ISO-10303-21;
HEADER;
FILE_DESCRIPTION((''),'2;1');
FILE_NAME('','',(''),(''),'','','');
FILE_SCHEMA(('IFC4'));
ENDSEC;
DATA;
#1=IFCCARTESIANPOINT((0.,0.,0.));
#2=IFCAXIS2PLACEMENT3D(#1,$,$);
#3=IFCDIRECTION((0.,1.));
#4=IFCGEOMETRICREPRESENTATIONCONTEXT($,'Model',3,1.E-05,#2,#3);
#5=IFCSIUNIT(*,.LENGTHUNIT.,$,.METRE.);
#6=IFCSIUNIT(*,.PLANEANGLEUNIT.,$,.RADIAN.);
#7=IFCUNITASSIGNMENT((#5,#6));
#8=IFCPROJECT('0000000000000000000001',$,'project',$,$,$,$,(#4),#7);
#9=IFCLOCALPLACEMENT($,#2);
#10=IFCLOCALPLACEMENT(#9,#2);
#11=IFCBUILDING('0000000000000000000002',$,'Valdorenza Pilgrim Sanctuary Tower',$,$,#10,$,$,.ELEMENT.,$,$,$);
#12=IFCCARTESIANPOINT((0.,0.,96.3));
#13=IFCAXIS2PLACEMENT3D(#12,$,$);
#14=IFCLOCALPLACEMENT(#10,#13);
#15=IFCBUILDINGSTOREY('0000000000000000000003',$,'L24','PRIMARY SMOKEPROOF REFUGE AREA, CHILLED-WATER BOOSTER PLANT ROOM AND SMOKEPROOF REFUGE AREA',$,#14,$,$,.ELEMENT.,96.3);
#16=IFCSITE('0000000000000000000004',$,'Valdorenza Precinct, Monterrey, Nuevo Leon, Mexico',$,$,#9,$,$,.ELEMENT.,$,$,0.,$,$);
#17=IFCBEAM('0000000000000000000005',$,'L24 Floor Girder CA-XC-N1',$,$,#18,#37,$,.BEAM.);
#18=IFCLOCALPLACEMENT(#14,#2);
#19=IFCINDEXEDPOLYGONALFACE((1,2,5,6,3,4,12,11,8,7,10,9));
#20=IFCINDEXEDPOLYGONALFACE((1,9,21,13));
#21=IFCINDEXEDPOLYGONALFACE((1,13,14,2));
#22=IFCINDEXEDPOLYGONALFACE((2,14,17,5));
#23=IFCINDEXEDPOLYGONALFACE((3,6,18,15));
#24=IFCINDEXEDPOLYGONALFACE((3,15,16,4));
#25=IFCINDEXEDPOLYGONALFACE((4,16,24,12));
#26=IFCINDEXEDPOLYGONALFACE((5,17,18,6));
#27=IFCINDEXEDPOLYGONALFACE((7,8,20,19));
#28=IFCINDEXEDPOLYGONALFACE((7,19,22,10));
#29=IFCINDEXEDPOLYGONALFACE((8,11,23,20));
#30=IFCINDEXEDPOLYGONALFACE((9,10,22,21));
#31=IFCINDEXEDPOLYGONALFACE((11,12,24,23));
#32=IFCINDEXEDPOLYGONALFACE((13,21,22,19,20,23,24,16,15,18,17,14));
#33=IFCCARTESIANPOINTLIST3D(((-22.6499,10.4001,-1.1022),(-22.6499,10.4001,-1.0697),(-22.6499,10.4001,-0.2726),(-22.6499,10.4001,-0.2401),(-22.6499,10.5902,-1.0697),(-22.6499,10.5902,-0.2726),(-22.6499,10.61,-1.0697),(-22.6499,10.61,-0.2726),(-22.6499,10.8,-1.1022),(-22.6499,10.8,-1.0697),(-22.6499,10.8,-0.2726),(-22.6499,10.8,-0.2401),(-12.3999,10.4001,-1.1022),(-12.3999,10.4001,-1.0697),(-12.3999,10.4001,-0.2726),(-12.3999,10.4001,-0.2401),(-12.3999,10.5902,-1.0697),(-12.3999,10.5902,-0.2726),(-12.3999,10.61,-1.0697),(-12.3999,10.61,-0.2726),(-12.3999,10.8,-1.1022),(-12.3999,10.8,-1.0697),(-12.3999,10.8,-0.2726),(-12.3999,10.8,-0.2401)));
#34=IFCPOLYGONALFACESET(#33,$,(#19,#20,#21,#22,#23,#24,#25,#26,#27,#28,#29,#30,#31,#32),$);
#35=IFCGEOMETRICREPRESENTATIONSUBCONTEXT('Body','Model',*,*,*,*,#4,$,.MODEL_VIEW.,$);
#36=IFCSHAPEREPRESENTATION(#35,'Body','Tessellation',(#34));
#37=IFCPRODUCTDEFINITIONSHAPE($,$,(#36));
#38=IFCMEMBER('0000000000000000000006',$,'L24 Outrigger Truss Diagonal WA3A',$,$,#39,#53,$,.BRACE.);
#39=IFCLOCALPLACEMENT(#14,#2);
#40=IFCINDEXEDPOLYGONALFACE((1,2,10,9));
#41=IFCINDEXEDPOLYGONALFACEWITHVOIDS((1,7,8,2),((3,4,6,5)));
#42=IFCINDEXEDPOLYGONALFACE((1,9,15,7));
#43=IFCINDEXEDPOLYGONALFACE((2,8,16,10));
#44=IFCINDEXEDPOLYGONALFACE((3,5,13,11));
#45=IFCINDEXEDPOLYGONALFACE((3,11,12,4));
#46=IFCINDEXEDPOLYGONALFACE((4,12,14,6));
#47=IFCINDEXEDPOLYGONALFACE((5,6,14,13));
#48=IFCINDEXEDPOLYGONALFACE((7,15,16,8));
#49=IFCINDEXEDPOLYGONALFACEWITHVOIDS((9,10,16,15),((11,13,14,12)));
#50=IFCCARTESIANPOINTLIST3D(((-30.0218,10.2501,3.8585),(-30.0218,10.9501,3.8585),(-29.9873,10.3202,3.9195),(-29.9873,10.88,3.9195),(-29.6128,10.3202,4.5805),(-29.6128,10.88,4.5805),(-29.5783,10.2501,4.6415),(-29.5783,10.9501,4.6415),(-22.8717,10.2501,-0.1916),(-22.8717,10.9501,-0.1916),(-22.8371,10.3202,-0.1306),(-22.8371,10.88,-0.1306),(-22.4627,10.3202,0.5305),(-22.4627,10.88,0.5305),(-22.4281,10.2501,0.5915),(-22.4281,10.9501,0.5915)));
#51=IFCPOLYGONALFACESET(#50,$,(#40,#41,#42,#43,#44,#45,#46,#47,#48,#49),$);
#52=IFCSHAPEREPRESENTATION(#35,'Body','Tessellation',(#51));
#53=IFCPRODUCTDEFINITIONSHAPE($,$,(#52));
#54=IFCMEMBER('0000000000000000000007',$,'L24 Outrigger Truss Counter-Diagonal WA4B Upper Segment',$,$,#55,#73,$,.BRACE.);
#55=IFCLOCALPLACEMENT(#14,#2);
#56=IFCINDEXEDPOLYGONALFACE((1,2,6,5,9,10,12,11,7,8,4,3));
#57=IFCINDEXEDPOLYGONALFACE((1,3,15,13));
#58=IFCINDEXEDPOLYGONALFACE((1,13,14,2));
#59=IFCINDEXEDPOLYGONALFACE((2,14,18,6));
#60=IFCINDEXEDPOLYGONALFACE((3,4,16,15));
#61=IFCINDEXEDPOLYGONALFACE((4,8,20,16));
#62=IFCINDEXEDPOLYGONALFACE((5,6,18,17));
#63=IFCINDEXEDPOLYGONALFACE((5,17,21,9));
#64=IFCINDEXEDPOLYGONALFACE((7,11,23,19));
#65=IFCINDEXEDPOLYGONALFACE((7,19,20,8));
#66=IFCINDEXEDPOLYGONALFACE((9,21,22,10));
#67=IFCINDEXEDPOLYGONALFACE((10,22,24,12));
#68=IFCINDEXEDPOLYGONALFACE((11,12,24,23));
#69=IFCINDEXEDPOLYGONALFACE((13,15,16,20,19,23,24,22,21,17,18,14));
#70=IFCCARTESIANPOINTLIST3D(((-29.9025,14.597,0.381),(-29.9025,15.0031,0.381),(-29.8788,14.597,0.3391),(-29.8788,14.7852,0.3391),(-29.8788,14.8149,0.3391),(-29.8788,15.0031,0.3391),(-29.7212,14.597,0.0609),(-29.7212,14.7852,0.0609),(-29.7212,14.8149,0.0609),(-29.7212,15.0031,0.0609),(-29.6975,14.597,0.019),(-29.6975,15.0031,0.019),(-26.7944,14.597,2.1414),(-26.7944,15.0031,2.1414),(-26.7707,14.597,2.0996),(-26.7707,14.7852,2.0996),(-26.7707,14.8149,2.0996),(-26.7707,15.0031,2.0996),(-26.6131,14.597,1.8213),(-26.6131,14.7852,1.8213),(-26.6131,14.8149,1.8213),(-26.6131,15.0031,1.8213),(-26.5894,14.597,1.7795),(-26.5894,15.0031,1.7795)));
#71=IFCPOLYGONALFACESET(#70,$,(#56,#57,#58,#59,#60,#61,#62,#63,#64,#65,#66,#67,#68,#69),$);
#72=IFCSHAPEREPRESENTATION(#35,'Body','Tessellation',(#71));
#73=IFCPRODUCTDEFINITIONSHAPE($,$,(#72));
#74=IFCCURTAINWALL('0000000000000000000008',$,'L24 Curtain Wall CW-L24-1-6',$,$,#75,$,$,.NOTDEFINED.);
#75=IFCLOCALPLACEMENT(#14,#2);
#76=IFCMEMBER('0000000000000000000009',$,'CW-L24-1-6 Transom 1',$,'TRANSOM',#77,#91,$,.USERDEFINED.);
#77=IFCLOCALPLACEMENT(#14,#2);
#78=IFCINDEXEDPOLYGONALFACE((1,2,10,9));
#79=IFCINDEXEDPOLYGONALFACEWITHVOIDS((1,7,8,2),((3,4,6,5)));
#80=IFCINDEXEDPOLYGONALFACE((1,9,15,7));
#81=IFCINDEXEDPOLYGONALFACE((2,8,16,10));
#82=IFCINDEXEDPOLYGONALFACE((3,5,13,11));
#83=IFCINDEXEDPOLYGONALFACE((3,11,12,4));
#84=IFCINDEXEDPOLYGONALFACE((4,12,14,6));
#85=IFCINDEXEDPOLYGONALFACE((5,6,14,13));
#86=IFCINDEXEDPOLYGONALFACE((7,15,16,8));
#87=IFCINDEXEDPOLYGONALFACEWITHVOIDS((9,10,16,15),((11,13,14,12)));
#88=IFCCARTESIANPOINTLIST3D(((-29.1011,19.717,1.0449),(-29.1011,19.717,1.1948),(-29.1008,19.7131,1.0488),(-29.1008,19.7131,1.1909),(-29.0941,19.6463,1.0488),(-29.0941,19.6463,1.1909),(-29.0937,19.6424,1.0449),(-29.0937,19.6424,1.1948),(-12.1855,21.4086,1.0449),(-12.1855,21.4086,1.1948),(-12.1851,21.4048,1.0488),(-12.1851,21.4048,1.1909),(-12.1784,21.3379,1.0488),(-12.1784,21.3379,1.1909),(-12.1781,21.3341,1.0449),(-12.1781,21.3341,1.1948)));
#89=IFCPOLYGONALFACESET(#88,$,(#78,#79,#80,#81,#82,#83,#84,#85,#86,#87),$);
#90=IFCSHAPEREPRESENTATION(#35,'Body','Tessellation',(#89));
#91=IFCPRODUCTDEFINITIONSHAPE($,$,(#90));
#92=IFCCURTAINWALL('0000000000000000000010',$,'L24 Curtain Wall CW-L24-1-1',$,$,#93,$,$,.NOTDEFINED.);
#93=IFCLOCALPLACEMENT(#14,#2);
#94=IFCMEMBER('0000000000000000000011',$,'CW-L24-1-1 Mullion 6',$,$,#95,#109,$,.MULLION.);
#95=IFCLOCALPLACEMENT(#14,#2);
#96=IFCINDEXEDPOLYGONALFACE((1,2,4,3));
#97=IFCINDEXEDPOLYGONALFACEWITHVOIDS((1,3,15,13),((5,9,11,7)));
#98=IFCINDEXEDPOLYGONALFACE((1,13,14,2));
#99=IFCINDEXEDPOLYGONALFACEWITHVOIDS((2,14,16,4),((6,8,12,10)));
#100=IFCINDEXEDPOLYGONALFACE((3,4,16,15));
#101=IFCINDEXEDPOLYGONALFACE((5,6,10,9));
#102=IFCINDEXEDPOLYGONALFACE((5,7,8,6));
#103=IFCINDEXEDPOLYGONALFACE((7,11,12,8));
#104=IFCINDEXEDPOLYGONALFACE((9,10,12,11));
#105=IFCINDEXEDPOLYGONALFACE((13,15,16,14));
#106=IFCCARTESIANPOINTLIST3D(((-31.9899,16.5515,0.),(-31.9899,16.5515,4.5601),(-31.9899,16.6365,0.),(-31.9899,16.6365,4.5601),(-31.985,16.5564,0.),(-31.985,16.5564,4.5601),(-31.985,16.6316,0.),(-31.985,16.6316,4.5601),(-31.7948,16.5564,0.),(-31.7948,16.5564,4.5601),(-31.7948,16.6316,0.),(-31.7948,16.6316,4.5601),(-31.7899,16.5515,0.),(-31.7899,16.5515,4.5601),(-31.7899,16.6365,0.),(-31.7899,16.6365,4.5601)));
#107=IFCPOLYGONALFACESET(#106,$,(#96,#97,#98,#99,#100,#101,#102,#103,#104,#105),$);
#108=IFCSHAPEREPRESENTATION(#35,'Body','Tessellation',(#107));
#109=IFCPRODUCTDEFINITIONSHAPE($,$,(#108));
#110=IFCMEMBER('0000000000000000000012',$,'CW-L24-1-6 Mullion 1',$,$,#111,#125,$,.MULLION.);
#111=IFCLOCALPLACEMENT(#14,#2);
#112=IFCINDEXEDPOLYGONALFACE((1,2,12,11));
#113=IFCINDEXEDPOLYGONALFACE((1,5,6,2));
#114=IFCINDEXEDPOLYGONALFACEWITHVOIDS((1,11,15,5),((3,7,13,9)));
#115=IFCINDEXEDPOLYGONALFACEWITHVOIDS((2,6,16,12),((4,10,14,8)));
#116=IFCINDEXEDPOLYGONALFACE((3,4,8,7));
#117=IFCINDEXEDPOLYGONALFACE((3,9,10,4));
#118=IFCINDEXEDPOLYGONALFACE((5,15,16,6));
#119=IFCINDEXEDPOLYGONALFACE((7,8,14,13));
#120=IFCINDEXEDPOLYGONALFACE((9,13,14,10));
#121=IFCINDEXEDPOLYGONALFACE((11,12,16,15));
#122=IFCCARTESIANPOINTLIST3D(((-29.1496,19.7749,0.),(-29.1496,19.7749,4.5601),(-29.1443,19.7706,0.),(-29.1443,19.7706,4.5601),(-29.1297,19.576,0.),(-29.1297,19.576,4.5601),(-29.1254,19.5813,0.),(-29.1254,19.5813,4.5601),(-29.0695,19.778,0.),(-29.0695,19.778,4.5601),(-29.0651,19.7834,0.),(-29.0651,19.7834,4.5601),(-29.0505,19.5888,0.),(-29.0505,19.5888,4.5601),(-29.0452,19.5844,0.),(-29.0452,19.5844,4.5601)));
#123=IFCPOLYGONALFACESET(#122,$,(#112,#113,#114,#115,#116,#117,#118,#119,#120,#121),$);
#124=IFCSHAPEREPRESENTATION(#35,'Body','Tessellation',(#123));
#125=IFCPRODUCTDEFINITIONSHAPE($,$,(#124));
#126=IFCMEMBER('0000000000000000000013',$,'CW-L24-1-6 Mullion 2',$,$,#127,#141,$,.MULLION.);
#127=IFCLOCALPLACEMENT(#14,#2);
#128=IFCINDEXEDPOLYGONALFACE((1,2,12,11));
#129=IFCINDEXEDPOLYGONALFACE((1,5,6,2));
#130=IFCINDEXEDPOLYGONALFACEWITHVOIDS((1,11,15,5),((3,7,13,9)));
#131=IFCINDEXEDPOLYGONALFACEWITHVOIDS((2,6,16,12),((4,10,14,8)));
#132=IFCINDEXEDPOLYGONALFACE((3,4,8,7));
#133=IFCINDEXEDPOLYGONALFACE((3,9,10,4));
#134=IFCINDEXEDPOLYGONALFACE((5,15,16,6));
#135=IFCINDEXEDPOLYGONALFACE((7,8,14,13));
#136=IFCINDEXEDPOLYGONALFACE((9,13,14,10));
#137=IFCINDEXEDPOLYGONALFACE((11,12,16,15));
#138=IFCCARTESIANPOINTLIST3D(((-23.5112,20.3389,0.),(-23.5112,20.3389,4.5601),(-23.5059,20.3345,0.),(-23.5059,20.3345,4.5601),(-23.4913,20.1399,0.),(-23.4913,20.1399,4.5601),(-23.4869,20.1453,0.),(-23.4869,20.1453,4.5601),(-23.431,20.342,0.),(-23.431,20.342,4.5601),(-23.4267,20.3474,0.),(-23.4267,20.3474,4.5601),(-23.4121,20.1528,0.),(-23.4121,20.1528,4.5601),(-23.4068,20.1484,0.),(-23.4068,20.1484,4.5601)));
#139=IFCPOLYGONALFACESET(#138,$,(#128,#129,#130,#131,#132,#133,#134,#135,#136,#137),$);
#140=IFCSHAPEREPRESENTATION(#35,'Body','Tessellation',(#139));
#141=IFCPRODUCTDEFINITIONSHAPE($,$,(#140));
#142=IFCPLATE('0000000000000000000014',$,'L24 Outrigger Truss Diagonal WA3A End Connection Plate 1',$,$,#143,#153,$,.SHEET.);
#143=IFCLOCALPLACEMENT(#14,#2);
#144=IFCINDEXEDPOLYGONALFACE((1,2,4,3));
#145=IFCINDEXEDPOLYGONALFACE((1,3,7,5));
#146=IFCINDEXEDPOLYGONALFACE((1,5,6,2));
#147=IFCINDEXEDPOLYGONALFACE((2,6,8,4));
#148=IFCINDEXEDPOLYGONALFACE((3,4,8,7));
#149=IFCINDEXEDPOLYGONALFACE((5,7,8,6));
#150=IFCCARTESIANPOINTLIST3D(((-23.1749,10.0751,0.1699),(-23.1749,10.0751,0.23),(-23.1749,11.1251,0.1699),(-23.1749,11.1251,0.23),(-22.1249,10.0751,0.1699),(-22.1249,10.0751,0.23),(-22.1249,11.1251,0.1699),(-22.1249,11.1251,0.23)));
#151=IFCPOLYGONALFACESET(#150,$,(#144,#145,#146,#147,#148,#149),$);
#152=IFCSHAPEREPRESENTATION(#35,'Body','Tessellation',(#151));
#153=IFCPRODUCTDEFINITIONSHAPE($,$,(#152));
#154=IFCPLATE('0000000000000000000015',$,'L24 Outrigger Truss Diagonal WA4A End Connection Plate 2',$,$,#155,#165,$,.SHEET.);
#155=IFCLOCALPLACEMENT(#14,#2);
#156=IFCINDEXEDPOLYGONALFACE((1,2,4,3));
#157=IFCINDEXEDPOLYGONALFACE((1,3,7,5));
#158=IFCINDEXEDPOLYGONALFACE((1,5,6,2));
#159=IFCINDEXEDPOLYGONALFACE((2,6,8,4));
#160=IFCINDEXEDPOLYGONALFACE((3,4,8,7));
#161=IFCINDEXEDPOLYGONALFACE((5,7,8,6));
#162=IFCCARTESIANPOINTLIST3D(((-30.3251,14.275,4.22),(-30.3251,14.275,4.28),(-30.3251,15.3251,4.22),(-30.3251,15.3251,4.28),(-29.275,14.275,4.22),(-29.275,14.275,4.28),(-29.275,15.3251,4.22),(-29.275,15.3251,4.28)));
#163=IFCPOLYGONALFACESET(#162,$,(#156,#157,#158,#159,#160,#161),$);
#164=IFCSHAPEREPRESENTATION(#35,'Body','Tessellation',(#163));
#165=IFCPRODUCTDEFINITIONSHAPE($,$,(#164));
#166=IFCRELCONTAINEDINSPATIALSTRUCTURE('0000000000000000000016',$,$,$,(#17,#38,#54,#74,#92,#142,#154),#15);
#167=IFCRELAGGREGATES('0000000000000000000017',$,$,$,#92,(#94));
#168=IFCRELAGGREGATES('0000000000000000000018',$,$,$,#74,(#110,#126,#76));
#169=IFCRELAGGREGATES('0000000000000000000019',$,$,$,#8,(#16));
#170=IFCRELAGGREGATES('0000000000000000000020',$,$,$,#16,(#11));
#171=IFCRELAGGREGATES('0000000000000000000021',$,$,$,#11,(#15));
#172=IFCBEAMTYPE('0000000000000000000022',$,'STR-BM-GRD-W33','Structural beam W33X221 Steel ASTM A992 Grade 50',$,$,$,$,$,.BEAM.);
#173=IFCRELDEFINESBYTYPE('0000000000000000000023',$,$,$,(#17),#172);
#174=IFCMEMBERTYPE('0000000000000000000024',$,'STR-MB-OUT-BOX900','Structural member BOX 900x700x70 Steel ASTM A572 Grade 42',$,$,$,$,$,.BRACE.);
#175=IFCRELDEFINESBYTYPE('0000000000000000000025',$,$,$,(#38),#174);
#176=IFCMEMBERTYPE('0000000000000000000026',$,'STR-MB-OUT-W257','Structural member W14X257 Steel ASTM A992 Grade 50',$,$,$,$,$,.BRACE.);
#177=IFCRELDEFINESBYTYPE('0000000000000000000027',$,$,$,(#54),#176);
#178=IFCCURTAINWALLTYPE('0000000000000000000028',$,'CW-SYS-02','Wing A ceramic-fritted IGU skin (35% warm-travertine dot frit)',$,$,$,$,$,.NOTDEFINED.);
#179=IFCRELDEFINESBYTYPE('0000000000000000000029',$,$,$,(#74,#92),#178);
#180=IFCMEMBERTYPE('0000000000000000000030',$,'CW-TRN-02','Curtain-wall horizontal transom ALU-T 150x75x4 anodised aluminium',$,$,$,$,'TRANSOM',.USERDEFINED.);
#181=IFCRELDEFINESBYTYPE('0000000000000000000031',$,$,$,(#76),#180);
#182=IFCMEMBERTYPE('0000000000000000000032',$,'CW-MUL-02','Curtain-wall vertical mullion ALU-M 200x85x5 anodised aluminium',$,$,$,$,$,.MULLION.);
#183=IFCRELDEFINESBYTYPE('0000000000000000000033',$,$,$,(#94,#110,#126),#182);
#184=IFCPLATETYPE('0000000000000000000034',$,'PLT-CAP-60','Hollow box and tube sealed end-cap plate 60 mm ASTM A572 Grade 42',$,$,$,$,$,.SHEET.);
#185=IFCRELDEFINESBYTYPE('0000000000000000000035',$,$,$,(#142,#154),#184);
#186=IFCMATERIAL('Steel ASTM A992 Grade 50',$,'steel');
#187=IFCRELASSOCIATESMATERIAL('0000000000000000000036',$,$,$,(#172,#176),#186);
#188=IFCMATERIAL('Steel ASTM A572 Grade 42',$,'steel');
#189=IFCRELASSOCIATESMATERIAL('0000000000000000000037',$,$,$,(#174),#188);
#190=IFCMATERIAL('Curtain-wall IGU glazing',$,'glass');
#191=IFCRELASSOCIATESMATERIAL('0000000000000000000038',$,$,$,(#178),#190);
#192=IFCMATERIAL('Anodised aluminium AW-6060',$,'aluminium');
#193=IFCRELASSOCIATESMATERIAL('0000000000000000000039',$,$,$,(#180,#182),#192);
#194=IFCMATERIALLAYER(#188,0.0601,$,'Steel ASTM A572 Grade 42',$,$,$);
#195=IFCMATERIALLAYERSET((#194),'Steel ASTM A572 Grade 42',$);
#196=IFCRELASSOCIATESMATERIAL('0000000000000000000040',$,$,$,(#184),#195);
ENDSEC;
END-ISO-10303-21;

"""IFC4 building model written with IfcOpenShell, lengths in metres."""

from ifc_helpers import new_model, si_unit, direction, frame, origin, origin_2d, place, context, subcontext, project, spatial, rectangle, hollow_rectangle, i_section, extrude, source, transform, mapped, material, layer, layer_set, material_profile, profile_set, type_object, element, aggregate, save


model = new_model("IFC4")

# Units and contexts
model_context = context("Model", 3, precision=1e-05, world=origin(), true_north=direction((0.0, 1.0)))
body_context = subcontext(model_context, "Body", "Model", "MODEL_VIEW")
ifc_project = project(units=[si_unit("LENGTHUNIT", "METRE"), si_unit("PLANEANGLEUNIT", "RADIAN")], contexts=[model_context])

# Site, building, storey
site_placement = place(None, origin())
site = spatial("IfcSite", under=ifc_project, at=site_placement, Name="Valdorenza Precinct, Monterrey, Nuevo Leon, Mexico", CompositionType="ELEMENT", RefElevation=0.0)
building_placement = place(site_placement, origin())
building = spatial("IfcBuilding", under=site, at=building_placement, Name="Valdorenza Pilgrim Sanctuary Tower", CompositionType="ELEMENT")
storey_placement = place(building_placement, frame((0.0, 0.0, 96.3)))
storey = spatial("IfcBuildingStorey", under=building, at=storey_placement, Name="L24", Description="PRIMARY SMOKEPROOF REFUGE AREA, CHILLED-WATER BOOSTER PLANT ROOM AND SMOKEPROOF REFUGE AREA", CompositionType="ELEMENT", Elevation=96.3)

# Beam
ifc_material_1 = material(Name="Steel ASTM A992 Grade 50", Category="steel")
ifc_material_profile_1 = material_profile(ifc_material_1, i_section(OverallWidth=0.3999, OverallDepth=0.8621, WebThickness=0.0198, FlangeThickness=0.0325, at=origin_2d()), Name="W33X221")
ifc_profile_set_1 = profile_set([ifc_material_profile_1], Name="Steel ASTM A992 Grade 50")
beam_type_1 = type_object("IfcBeamType", Name="STR-BM-GRD-W33", Description="Structural beam W33X221 Steel ASTM A992 Grade 50", PredefinedType="BEAM", material=ifc_profile_set_1)
shared_shape_1 = source(origin(), body_context, "Body", "SweptSolid", [
    extrude(i_section(OverallWidth=0.3999, OverallDepth=0.8621, WebThickness=0.0198, FlangeThickness=0.0325, at=origin_2d()), origin(), (0.0, 0.0, 1.0), 10.25),
])
beam_1_placement = place(storey_placement, frame((-22.6499, 10.6001, -0.6711), z_axis=(1.0, 0.0, 0.0), x_axis=(0.0, 1.0, 0.0)))
element("IfcBeam", 1, at=beam_1_placement, inside=storey, type_object=beam_type_1, Name="L24 Floor Girder CA-XC-N1", PredefinedType="BEAM", context=body_context, shape_type="MappedRepresentation", body=[
    mapped(shared_shape_1, transform((0.0, 0.0, 0.0), x_axis=(1.0, 0.0, 0.0), y_axis=(0.0, 1.0, 0.0), z_axis=(0.0, 0.0, 1.0), scale=1.0)),
])

# Members
ifc_material_2 = material(Name="Steel ASTM A572 Grade 42", Category="steel")
ifc_material_profile_2 = material_profile(ifc_material_2, hollow_rectangle(XDim=0.7, YDim=0.8999, WallThickness=0.0701, at=origin_2d()), Name="BOX 900x700x70")
ifc_profile_set_2 = profile_set([ifc_material_profile_2], Name="Steel ASTM A572 Grade 42")
member_type_1 = type_object("IfcMemberType", Name="STR-MB-OUT-BOX900", Description="Structural member BOX 900x700x70 Steel ASTM A572 Grade 42", PredefinedType="BRACE", material=ifc_profile_set_2)
shared_shape_2 = source(origin(), body_context, "Body", "SweptSolid", [
    extrude(hollow_rectangle(XDim=0.7, YDim=0.8999, WallThickness=0.0701, at=origin_2d()), origin(), (0.0, 0.0, 1.0), 8.2175),
])
member_1_placement = place(storey_placement, frame((-22.6499, 10.6001, 0.2), z_axis=(-0.870111, 0.0, 0.492856), x_axis=(0.0, -1.0, 0.0)))
element("IfcMember", 2, at=member_1_placement, inside=storey, type_object=member_type_1, Name="L24 Outrigger Truss Diagonal WA3A", PredefinedType="BRACE", context=body_context, shape_type="MappedRepresentation", body=[
    mapped(shared_shape_2, transform((0.0, 0.0, 0.0), x_axis=(1.0, 0.0, 0.0), y_axis=(0.0, 1.0, 0.0), z_axis=(0.0, 0.0, 1.0), scale=1.0)),
])
ifc_material_profile_3 = material_profile(ifc_material_1, i_section(OverallWidth=0.406, OverallDepth=0.416, WebThickness=0.0298, FlangeThickness=0.0481, at=origin_2d()), Name="W14X257")
ifc_profile_set_3 = profile_set([ifc_material_profile_3], Name="Steel ASTM A992 Grade 50")
member_type_2 = type_object("IfcMemberType", Name="STR-MB-OUT-W257", Description="Structural member W14X257 Steel ASTM A992 Grade 50", PredefinedType="BRACE", material=ifc_profile_set_3)
shared_shape_3 = source(origin(), body_context, "Body", "SweptSolid", [
    extrude(i_section(OverallWidth=0.406, OverallDepth=0.416, WebThickness=0.0298, FlangeThickness=0.0481, at=origin_2d()), origin(), (0.0, 0.0, 1.0), 3.572),
])
member_2_placement = place(storey_placement, frame((-26.6919, 14.8, 1.9604), z_axis=(-0.870117, 0.0, -0.492845), x_axis=(0.0, -1.0, 0.0)))
element("IfcMember", 3, at=member_2_placement, inside=storey, type_object=member_type_2, Name="L24 Outrigger Truss Counter-Diagonal WA4B Upper Segment", PredefinedType="BRACE", context=body_context, shape_type="MappedRepresentation", body=[
    mapped(shared_shape_3, transform((0.0, 0.0, 0.0), x_axis=(1.0, 0.0, 0.0), y_axis=(0.0, 1.0, 0.0), z_axis=(0.0, 0.0, 1.0), scale=1.0)),
])

# Curtain walls, members
ifc_material_3 = material(Name="Curtain-wall IGU glazing", Category="glass")
curtain_wall_type = type_object("IfcCurtainWallType", Name="CW-SYS-02", Description="Wing A ceramic-fritted IGU skin (35% warm-travertine dot frit)", PredefinedType="NOTDEFINED", material=ifc_material_3)
curtain_wall_1_placement = place(storey_placement, origin())
curtain_wall_1 = element("IfcCurtainWall", 4, at=curtain_wall_1_placement, inside=storey, type_object=curtain_wall_type, Name="L24 Curtain Wall CW-L24-1-6", PredefinedType="NOTDEFINED")
ifc_material_4 = material(Name="Anodised aluminium AW-6060", Category="aluminium")
ifc_material_profile_4 = material_profile(ifc_material_4, hollow_rectangle(XDim=0.075, YDim=0.1499, WallThickness=0.0039, at=origin_2d()), Name="ALU-T 150x75x4")
ifc_profile_set_4 = profile_set([ifc_material_profile_4], Name="Anodised aluminium AW-6060")
member_type_3 = type_object("IfcMemberType", Name="CW-TRN-02", Description="Curtain-wall horizontal transom ALU-T 150x75x4 anodised aluminium", ElementType="TRANSOM", PredefinedType="USERDEFINED", material=ifc_profile_set_4)
shared_shape_4 = source(origin(), body_context, "Body", "SweptSolid", [
    extrude(hollow_rectangle(XDim=0.075, YDim=0.1499, WallThickness=0.0039, at=origin_2d()), origin(), (0.0, 0.0, 1.0), 17.0),
])
member_3_placement = place(storey_placement, frame((-29.0974, 19.6797, 1.1199), z_axis=(0.995037, 0.099509, 0.0), x_axis=(-0.099509, 0.995037, 0.0)))
member_3 = element("IfcMember", 5, at=member_3_placement, type_object=member_type_3, Name="CW-L24-1-6 Transom 1", ObjectType="TRANSOM", PredefinedType="USERDEFINED", context=body_context, shape_type="MappedRepresentation", body=[
    mapped(shared_shape_4, transform((0.0, 0.0, 0.0), x_axis=(1.0, 0.0, 0.0), y_axis=(0.0, 1.0, 0.0), z_axis=(0.0, 0.0, 1.0), scale=1.0)),
])
curtain_wall_2_placement = place(storey_placement, origin())
curtain_wall_2 = element("IfcCurtainWall", 6, at=curtain_wall_2_placement, inside=storey, type_object=curtain_wall_type, Name="L24 Curtain Wall CW-L24-1-1", PredefinedType="NOTDEFINED")
ifc_material_profile_5 = material_profile(ifc_material_4, hollow_rectangle(XDim=0.085, YDim=0.2, WallThickness=0.0049, at=origin_2d()), Name="ALU-M 200x85x5")
ifc_profile_set_5 = profile_set([ifc_material_profile_5], Name="Anodised aluminium AW-6060")
member_type_4 = type_object("IfcMemberType", Name="CW-MUL-02", Description="Curtain-wall vertical mullion ALU-M 200x85x5 anodised aluminium", PredefinedType="MULLION", material=ifc_profile_set_5)
shared_shape_5 = source(origin(), body_context, "Body", "SweptSolid", [
    extrude(hollow_rectangle(XDim=0.085, YDim=0.2, WallThickness=0.0049, at=origin_2d()), origin(), (0.0, 0.0, 1.0), 4.5601),
])
member_4_placement = place(storey_placement, frame((-31.8899, 16.594, 0.0), z_axis=(0.0, 0.0, 1.0), x_axis=(0.0, 1.0, 0.0)))
member_4 = element("IfcMember", 7, at=member_4_placement, type_object=member_type_4, Name="CW-L24-1-1 Mullion 6", PredefinedType="MULLION", context=body_context, shape_type="MappedRepresentation", body=[
    mapped(shared_shape_5, transform((0.0, 0.0, 0.0), x_axis=(1.0, 0.0, 0.0), y_axis=(0.0, 1.0, 0.0), z_axis=(0.0, 0.0, 1.0), scale=1.0)),
])

# Members
member_5_placement = place(storey_placement, frame((-29.0974, 19.6797, 0.0), z_axis=(0.0, 0.0, 1.0), x_axis=(0.995038, 0.099493, 0.0)))
member_5 = element("IfcMember", 8, at=member_5_placement, type_object=member_type_4, Name="CW-L24-1-6 Mullion 1", PredefinedType="MULLION", context=body_context, shape_type="MappedRepresentation", body=[
    mapped(shared_shape_5, transform((0.0, 0.0, 0.0), x_axis=(1.0, 0.0, 0.0), y_axis=(0.0, 1.0, 0.0), z_axis=(0.0, 0.0, 1.0), scale=1.0)),
])
member_6_placement = place(storey_placement, frame((-23.459, 20.2437, 0.0), z_axis=(0.0, 0.0, 1.0), x_axis=(0.995038, 0.099493, 0.0)))
member_6 = element("IfcMember", 9, at=member_6_placement, type_object=member_type_4, Name="CW-L24-1-6 Mullion 2", PredefinedType="MULLION", context=body_context, shape_type="MappedRepresentation", body=[
    mapped(shared_shape_5, transform((0.0, 0.0, 0.0), x_axis=(1.0, 0.0, 0.0), y_axis=(0.0, 1.0, 0.0), z_axis=(0.0, 0.0, 1.0), scale=1.0)),
])

# Plates
ifc_layer_1 = layer(ifc_material_2, 0.0601, Name="Steel ASTM A572 Grade 42")
ifc_layer_set_1 = layer_set([ifc_layer_1], Name="Steel ASTM A572 Grade 42")
plate_type_1 = type_object("IfcPlateType", Name="PLT-CAP-60", Description="Hollow box and tube sealed end-cap plate 60 mm ASTM A572 Grade 42", PredefinedType="SHEET", material=ifc_layer_set_1)
shared_shape_6 = source(origin(), body_context, "Body", "SweptSolid", [
    extrude(rectangle(XDim=1.05, YDim=1.05, at=origin_2d()), origin(), (0.0, 0.0, 1.0), 0.0601),
])
for number, where, z_axis, x_axis, name in (
    (10, (-22.6499, 10.6001, 0.1699), (0.0, 0.0, 1.0), (1.0, 0.0, 0.0), "L24 Outrigger Truss Diagonal WA3A End Connection Plate 1"),
    (11, (-29.8, 14.8, 4.22), (0.0, 0.0, 1.0), (1.0, 0.0, 0.0), "L24 Outrigger Truss Diagonal WA4A End Connection Plate 2"),
):
    element("IfcPlate", number, at=place(storey_placement, frame(where, z_axis=z_axis, x_axis=x_axis)), inside=storey, type_object=plate_type_1, Name=name, PredefinedType="SHEET", context=body_context, shape_type="MappedRepresentation", body=[
        mapped(shared_shape_6, transform((0.0, 0.0, 0.0), x_axis=(1.0, 0.0, 0.0), y_axis=(0.0, 1.0, 0.0), z_axis=(0.0, 0.0, 1.0), scale=1.0)),
    ])

aggregate(curtain_wall_2, [member_4])
aggregate(curtain_wall_1, [member_5, member_6, member_3])

save(model, "model.ifc")
